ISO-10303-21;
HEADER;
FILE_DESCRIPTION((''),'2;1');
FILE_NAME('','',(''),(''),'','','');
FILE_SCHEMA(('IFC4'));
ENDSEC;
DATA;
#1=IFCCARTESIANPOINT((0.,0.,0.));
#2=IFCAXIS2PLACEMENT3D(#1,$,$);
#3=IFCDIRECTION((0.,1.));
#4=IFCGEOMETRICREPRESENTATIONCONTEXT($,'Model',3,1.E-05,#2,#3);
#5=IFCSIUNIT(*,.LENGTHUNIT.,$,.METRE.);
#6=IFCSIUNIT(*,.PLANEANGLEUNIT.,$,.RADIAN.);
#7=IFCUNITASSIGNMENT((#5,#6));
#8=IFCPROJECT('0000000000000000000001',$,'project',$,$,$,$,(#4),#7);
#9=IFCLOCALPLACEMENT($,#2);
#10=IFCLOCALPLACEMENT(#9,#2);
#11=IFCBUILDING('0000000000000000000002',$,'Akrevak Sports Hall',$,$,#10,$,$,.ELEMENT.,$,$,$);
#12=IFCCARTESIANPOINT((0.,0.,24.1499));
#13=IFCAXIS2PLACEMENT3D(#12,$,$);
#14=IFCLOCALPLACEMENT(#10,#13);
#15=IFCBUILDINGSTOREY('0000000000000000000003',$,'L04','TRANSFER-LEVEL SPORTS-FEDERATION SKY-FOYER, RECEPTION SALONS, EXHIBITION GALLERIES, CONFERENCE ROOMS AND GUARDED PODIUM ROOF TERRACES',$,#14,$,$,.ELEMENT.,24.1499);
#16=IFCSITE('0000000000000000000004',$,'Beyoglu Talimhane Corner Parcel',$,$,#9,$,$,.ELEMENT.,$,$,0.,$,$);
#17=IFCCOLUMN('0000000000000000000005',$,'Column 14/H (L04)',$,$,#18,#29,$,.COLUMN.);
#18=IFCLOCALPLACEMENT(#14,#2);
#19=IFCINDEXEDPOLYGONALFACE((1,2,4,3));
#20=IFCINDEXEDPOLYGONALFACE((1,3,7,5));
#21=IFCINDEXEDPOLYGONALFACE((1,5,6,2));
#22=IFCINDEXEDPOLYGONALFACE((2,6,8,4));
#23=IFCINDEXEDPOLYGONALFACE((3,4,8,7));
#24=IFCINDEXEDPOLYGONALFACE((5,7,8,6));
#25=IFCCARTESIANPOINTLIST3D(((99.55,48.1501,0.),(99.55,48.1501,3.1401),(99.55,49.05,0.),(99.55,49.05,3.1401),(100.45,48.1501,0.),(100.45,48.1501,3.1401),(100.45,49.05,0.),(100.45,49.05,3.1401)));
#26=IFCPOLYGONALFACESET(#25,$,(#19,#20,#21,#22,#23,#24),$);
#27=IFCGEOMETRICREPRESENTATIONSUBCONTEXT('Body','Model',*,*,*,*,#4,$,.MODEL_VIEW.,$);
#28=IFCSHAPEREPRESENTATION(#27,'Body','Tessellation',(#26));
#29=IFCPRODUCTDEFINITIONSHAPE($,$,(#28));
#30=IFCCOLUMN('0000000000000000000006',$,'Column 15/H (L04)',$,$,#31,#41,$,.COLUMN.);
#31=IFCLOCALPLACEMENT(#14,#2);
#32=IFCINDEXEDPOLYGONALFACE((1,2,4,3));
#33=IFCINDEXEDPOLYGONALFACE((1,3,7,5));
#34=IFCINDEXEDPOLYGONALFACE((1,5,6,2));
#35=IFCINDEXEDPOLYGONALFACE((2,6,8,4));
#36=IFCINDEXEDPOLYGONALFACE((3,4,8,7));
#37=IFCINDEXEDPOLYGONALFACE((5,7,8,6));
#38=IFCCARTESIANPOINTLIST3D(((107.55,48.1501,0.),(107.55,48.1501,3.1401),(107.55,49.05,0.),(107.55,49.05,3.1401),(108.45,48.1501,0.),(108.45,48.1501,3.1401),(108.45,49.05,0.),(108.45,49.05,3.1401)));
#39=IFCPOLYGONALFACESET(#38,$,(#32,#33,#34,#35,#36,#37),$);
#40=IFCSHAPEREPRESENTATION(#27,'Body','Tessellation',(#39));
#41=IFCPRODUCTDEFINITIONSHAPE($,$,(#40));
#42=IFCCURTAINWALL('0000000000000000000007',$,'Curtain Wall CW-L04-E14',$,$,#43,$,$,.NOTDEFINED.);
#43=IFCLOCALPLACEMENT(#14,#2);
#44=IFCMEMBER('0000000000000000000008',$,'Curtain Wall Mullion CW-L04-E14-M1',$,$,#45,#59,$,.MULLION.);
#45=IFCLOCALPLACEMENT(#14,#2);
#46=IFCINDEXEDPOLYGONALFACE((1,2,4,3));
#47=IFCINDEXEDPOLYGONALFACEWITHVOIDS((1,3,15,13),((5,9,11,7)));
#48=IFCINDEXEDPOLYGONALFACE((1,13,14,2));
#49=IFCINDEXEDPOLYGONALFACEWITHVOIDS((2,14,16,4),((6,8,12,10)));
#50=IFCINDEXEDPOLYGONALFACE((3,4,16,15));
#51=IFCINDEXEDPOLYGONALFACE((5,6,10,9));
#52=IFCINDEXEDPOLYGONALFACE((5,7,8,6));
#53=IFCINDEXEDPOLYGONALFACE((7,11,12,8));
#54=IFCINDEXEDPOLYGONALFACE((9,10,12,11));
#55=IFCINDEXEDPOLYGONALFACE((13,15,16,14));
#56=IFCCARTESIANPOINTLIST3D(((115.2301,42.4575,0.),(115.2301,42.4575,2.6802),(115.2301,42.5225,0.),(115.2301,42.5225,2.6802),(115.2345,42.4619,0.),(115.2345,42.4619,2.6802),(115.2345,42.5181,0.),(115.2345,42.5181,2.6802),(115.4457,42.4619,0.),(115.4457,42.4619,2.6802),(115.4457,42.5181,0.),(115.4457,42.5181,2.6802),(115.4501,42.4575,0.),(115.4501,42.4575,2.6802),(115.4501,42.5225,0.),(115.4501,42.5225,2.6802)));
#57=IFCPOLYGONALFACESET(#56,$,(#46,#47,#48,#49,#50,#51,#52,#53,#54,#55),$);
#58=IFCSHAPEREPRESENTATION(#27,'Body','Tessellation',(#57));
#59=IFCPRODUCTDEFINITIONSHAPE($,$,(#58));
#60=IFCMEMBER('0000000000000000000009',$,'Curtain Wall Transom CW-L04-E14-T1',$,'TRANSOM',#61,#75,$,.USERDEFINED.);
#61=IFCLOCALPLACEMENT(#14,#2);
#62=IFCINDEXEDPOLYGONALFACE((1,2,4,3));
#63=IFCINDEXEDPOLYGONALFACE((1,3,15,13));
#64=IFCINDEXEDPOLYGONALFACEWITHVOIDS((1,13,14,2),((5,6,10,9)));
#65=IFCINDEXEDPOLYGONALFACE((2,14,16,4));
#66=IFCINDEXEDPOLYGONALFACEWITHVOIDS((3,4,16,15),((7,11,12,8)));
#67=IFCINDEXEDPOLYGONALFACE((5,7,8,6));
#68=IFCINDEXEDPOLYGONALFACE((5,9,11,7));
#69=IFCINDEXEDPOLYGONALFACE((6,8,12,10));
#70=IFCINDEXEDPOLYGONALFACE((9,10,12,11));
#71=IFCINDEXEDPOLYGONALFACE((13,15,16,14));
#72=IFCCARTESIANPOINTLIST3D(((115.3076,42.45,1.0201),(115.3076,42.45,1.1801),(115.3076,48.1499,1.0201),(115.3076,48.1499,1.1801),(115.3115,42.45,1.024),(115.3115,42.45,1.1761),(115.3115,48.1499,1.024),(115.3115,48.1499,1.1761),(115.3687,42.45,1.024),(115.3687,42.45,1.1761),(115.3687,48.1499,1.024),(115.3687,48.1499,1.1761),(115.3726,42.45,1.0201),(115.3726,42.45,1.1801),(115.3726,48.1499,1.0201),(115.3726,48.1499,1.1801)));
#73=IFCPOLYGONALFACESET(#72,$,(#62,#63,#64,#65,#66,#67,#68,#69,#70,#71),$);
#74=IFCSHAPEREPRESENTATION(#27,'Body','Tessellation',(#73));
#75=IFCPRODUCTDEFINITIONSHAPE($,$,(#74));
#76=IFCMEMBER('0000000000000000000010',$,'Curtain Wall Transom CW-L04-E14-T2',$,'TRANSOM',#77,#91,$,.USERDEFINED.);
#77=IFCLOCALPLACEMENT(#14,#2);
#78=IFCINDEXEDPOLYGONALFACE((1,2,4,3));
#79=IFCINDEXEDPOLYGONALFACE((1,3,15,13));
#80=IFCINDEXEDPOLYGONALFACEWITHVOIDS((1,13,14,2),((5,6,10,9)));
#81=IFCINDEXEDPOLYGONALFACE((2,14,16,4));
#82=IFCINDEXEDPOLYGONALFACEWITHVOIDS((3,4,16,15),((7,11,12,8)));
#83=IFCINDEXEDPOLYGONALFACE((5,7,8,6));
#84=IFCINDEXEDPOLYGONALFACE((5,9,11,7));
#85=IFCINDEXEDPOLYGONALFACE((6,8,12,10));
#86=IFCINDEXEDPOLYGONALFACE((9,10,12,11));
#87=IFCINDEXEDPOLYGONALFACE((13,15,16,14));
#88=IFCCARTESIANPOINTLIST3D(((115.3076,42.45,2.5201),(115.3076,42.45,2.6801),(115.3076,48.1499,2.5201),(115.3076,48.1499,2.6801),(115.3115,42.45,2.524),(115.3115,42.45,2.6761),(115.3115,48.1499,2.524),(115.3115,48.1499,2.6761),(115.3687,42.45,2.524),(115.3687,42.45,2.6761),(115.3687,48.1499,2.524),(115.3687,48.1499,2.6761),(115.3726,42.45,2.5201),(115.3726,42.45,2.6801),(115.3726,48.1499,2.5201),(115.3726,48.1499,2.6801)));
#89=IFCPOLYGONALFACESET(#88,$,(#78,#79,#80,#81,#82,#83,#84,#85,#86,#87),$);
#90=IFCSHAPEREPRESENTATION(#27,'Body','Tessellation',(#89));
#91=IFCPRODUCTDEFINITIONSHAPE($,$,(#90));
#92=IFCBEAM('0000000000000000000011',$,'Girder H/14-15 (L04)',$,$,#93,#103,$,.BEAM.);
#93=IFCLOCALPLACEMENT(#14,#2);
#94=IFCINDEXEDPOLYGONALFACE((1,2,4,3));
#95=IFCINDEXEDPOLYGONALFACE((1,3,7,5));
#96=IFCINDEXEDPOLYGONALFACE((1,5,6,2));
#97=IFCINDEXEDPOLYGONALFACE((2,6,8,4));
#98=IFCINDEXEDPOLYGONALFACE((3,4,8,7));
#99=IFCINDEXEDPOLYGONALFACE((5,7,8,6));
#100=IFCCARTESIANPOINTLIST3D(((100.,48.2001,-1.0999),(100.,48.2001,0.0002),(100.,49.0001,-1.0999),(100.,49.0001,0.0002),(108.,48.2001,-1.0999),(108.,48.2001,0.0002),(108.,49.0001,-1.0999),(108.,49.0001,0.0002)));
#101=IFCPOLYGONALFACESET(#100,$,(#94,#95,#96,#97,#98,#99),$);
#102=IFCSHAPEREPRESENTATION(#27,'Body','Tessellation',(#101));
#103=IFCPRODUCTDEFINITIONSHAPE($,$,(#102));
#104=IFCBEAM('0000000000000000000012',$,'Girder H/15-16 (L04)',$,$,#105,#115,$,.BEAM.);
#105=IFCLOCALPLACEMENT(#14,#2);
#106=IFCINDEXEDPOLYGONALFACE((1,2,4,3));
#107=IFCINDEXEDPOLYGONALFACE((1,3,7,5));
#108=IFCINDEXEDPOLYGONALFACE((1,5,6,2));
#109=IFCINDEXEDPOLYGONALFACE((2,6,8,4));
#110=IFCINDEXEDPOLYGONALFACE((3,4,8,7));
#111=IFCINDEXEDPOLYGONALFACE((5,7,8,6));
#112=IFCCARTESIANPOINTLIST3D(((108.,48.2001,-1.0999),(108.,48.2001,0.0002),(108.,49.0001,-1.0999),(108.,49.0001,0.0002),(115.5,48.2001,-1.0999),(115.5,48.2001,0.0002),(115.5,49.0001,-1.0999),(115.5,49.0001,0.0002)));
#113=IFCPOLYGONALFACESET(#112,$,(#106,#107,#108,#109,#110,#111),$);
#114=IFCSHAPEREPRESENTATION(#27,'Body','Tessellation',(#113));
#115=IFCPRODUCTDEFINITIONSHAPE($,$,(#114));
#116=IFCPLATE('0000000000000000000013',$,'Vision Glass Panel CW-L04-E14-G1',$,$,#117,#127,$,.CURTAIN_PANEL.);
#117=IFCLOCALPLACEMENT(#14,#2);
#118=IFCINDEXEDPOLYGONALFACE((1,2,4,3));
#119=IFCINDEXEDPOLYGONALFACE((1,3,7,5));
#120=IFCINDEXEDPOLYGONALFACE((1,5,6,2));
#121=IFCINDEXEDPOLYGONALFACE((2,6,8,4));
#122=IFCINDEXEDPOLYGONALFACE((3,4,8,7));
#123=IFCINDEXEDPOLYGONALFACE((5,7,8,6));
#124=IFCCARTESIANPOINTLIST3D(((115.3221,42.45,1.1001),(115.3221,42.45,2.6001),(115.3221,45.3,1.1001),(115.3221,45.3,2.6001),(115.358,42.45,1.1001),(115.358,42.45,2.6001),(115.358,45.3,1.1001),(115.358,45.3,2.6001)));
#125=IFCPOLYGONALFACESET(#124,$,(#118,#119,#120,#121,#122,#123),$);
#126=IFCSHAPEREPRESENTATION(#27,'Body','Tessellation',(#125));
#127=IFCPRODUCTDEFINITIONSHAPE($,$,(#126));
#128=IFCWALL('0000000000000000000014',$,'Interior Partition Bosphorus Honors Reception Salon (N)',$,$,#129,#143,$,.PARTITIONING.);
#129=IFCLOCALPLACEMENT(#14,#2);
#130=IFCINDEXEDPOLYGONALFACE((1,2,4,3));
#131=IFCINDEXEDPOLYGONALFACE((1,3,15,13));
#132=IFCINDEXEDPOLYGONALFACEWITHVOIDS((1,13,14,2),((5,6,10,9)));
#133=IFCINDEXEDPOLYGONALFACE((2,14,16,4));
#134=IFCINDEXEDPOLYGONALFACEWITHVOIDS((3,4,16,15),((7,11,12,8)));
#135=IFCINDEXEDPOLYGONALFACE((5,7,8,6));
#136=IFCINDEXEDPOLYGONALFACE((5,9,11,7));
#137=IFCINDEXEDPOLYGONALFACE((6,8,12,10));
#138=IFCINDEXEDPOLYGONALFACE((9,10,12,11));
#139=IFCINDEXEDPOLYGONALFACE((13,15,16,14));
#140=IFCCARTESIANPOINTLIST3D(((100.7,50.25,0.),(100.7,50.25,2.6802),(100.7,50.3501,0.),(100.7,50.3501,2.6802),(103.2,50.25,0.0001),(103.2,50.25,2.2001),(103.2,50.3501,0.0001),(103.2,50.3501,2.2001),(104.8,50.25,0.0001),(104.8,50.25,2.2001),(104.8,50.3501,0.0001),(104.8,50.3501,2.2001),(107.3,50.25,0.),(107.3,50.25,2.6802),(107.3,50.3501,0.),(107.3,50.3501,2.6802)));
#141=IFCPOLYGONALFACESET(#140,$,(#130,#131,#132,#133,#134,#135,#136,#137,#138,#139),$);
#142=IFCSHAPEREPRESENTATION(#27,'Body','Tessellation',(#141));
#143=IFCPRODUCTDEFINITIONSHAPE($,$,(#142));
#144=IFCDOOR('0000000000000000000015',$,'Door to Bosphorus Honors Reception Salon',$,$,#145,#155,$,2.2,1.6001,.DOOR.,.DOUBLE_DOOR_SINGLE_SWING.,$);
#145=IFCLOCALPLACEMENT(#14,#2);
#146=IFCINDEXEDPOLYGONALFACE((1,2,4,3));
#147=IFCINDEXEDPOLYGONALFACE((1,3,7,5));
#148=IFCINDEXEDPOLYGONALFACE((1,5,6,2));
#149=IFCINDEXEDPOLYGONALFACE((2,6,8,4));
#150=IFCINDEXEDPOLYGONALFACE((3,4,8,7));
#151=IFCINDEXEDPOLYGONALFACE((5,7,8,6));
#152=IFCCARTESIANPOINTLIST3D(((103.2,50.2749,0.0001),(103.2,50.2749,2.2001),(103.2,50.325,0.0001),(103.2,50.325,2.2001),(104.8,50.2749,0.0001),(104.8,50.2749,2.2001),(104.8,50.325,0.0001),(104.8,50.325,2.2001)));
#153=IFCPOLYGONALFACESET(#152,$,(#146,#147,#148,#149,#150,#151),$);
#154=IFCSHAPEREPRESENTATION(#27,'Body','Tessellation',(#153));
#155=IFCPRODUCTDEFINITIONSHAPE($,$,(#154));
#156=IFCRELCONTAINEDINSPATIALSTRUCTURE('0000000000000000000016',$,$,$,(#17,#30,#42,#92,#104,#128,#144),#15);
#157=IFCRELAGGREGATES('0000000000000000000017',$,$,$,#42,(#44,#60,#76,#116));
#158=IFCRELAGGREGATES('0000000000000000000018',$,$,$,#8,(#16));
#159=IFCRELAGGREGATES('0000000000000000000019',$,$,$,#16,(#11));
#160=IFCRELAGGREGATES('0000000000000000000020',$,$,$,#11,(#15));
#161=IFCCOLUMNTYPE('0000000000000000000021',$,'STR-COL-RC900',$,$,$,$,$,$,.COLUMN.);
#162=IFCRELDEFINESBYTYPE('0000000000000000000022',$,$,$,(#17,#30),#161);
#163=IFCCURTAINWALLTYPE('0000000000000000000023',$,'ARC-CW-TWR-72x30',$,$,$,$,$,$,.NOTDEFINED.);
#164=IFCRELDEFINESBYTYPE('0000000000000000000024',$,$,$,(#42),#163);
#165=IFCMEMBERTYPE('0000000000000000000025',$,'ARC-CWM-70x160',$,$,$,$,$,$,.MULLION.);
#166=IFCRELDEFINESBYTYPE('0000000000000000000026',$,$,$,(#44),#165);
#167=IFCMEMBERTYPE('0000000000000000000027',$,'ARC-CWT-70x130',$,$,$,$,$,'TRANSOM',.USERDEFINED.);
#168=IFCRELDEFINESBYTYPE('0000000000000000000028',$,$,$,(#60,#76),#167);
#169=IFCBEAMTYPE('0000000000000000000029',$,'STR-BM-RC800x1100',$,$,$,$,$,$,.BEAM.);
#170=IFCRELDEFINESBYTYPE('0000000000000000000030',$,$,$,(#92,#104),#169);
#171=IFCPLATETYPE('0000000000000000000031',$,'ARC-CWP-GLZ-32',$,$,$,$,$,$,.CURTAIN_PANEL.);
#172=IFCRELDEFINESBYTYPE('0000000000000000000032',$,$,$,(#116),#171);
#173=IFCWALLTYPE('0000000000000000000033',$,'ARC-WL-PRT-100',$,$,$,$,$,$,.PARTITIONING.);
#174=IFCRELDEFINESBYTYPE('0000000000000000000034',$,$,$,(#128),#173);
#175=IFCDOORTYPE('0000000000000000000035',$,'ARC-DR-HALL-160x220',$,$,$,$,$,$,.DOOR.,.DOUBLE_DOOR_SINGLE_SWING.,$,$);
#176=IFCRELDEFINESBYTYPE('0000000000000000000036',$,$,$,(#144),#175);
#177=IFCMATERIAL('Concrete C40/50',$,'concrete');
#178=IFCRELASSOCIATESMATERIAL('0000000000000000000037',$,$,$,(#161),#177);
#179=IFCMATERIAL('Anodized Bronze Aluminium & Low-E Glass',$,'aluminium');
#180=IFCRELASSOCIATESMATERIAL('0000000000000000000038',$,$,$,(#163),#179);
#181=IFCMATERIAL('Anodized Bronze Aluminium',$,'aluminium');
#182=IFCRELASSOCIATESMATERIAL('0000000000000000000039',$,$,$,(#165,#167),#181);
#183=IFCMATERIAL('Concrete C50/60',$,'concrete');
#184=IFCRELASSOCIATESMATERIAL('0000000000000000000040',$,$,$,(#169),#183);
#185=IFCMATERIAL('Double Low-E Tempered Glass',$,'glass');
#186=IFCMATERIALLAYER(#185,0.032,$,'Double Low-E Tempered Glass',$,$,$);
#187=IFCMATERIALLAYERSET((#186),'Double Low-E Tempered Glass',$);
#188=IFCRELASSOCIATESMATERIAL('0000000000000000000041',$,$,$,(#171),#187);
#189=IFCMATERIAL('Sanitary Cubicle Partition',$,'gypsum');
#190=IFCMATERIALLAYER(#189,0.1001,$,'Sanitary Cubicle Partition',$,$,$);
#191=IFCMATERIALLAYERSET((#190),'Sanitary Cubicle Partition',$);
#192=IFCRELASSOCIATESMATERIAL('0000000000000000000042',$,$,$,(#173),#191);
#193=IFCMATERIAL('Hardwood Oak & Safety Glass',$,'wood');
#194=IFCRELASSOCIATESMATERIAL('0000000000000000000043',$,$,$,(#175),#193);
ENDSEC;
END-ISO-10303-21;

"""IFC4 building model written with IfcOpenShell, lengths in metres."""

from ifc_helpers import new_model, si_unit, direction, frame, frame_2d, origin, origin_2d, place, context, subcontext, project, spatial, rectangle, hollow_rectangle, extrude, material, layer, layer_set, material_profile, profile_set, type_object, element, fill, aggregate, save


model = new_model("IFC4")

# Units and contexts
model_context = context("Model", 3, precision=1e-05, world=origin(), true_north=direction((0.0, 1.0)))
body_context = subcontext(model_context, "Body", "Model", "MODEL_VIEW")
ifc_project = project(units=[si_unit("LENGTHUNIT", "METRE"), si_unit("PLANEANGLEUNIT", "RADIAN")], contexts=[model_context])

# Site, building, storey
site_placement = place(None, origin())
site = spatial("IfcSite", under=ifc_project, at=site_placement, Name="Beyoglu Talimhane Corner Parcel", CompositionType="ELEMENT", RefElevation=0.0)
building_placement = place(site_placement, origin())
building = spatial("IfcBuilding", under=site, at=building_placement, Name="Akrevak Sports Hall", CompositionType="ELEMENT")
storey_placement = place(building_placement, frame((0.0, 0.0, 24.1499)))
storey = spatial("IfcBuildingStorey", under=building, at=storey_placement, Name="L04", Description="TRANSFER-LEVEL SPORTS-FEDERATION SKY-FOYER, RECEPTION SALONS, EXHIBITION GALLERIES, CONFERENCE ROOMS AND GUARDED PODIUM ROOF TERRACES", CompositionType="ELEMENT", Elevation=24.1499)

# Columns
ifc_material_1 = material(Name="Concrete C40/50", Category="concrete")
ifc_material_profile_1 = material_profile(ifc_material_1, rectangle(XDim=0.8999, YDim=0.8999, at=origin_2d()), Name="RC 900x900", Category="concrete")
ifc_profile_set_1 = profile_set([ifc_material_profile_1], Name="Concrete C40/50")
column_type = type_object("IfcColumnType", Name="STR-COL-RC900", PredefinedType="COLUMN", material=ifc_profile_set_1)
for number, where, z_axis, x_axis, name in (
    (1, (100.0, 48.6001, 0.0), (0.0, 0.0, 1.0), (1.0, 0.0, 0.0), "Column 14/H (L04)"),
    (2, (108.0, 48.6001, 0.0), (0.0, 0.0, 1.0), (1.0, 0.0, 0.0), "Column 15/H (L04)"),
):
    element("IfcColumn", number, at=place(storey_placement, frame(where, z_axis=z_axis, x_axis=x_axis)), inside=storey, type_object=column_type, Name=name, PredefinedType="COLUMN", context=body_context, shape_type="SweptSolid", body=[
        extrude(rectangle(XDim=0.8999, YDim=0.8999, at=origin_2d()), origin(), (0.0, 0.0, 1.0), 3.1401),
    ])

# Curtain wall, members
ifc_material_2 = material(Name="Anodized Bronze Aluminium & Low-E Glass", Category="aluminium")
curtain_wall_type = type_object("IfcCurtainWallType", Name="ARC-CW-TWR-72x30", PredefinedType="NOTDEFINED", material=ifc_material_2)
curtain_wall_placement = place(storey_placement, origin())
curtain_wall = element("IfcCurtainWall", 3, at=curtain_wall_placement, inside=storey, type_object=curtain_wall_type, Name="Curtain Wall CW-L04-E14", PredefinedType="NOTDEFINED")
ifc_material_3 = material(Name="Anodized Bronze Aluminium", Category="aluminium")
ifc_material_profile_2 = material_profile(ifc_material_3, hollow_rectangle(XDim=0.0649, YDim=0.22, WallThickness=0.0044, at=origin_2d()), Name="CWM 65x220", Category="aluminium")
ifc_profile_set_2 = profile_set([ifc_material_profile_2], Name="Anodized Bronze Aluminium")
member_type_1 = type_object("IfcMemberType", Name="ARC-CWM-70x160", PredefinedType="MULLION", material=ifc_profile_set_2)
member_1_placement = place(storey_placement, frame((115.3401, 42.49, 0.0), z_axis=(0.0, 0.0, 1.0), x_axis=(0.0, 1.0, 0.0)))
member_1 = element("IfcMember", 4, at=member_1_placement, type_object=member_type_1, Name="Curtain Wall Mullion CW-L04-E14-M1", PredefinedType="MULLION", context=body_context, shape_type="SweptSolid", body=[
    extrude(hollow_rectangle(XDim=0.0649, YDim=0.22, WallThickness=0.0044, at=origin_2d()), origin(), (0.0, 0.0, 1.0), 2.6802),
])
ifc_material_profile_3 = material_profile(ifc_material_3, hollow_rectangle(XDim=0.0649, YDim=0.1599, WallThickness=0.0039, at=origin_2d()), Name="CWT 65x160", Category="aluminium")
ifc_profile_set_3 = profile_set([ifc_material_profile_3], Name="Anodized Bronze Aluminium")
member_type_2 = type_object("IfcMemberType", Name="ARC-CWT-70x130", ElementType="TRANSOM", PredefinedType="USERDEFINED", material=ifc_profile_set_3)
member_2_placement = place(storey_placement, frame((115.3401, 42.45, 1.1001), z_axis=(0.0, 1.0, 0.0), x_axis=(-1.0, 0.0, 0.0)))
member_2 = element("IfcMember", 5, at=member_2_placement, type_object=member_type_2, Name="Curtain Wall Transom CW-L04-E14-T1", ObjectType="TRANSOM", PredefinedType="USERDEFINED", context=body_context, shape_type="SweptSolid", body=[
    extrude(hollow_rectangle(XDim=0.0649, YDim=0.1599, WallThickness=0.0039, at=origin_2d()), origin(), (0.0, 0.0, 1.0), 5.7),
])
member_3_placement = place(storey_placement, frame((115.3401, 42.45, 2.6001), z_axis=(0.0, 1.0, 0.0), x_axis=(-1.0, 0.0, 0.0)))
member_3 = element("IfcMember", 6, at=member_3_placement, type_object=member_type_2, Name="Curtain Wall Transom CW-L04-E14-T2", ObjectType="TRANSOM", PredefinedType="USERDEFINED", context=body_context, shape_type="SweptSolid", body=[
    extrude(hollow_rectangle(XDim=0.0649, YDim=0.1599, WallThickness=0.0039, at=origin_2d()), origin(), (0.0, 0.0, 1.0), 5.7),
])

# Beams
ifc_material_4 = material(Name="Concrete C50/60", Category="concrete")
ifc_material_profile_4 = material_profile(ifc_material_4, rectangle(XDim=0.8, YDim=1.1001, at=origin_2d()), Name="BM 800x1100", Category="concrete")
ifc_profile_set_4 = profile_set([ifc_material_profile_4], Name="Concrete C50/60")
beam_type = type_object("IfcBeamType", Name="STR-BM-RC800x1100", PredefinedType="BEAM", material=ifc_profile_set_4)
beam_1_placement = place(storey_placement, frame((100.0, 48.6001, -0.5498), z_axis=(1.0, 0.0, 0.0), x_axis=(0.0, 1.0, 0.0)))
element("IfcBeam", 7, at=beam_1_placement, inside=storey, type_object=beam_type, Name="Girder H/14-15 (L04)", PredefinedType="BEAM", context=body_context, shape_type="SweptSolid", body=[
    extrude(rectangle(XDim=0.8, YDim=1.1001, at=origin_2d()), origin(), (0.0, 0.0, 1.0), 8.0),
])
beam_2_placement = place(storey_placement, frame((108.0, 48.6001, -0.5498), z_axis=(1.0, 0.0, 0.0), x_axis=(0.0, 1.0, 0.0)))
element("IfcBeam", 8, at=beam_2_placement, inside=storey, type_object=beam_type, Name="Girder H/15-16 (L04)", PredefinedType="BEAM", context=body_context, shape_type="SweptSolid", body=[
    extrude(rectangle(XDim=0.8, YDim=1.1001, at=origin_2d()), origin(), (0.0, 0.0, 1.0), 7.5),
])

# Plate
ifc_material_5 = material(Name="Double Low-E Tempered Glass", Category="glass")
ifc_layer_1 = layer(ifc_material_5, 0.032, Name="Double Low-E Tempered Glass")
ifc_layer_set_1 = layer_set([ifc_layer_1], Name="Double Low-E Tempered Glass")
plate_type = type_object("IfcPlateType", Name="ARC-CWP-GLZ-32", PredefinedType="CURTAIN_PANEL", material=ifc_layer_set_1)
plate_placement = place(storey_placement, frame((115.3401, 43.875, 1.1001), z_axis=(0.0, 0.0, 1.0), x_axis=(0.0, 1.0, 0.0)))
plate = element("IfcPlate", 9, at=plate_placement, type_object=plate_type, Name="Vision Glass Panel CW-L04-E14-G1", PredefinedType="CURTAIN_PANEL", context=body_context, shape_type="SweptSolid", body=[
    extrude(rectangle(XDim=2.8501, YDim=0.0359, at=origin_2d()), origin(), (0.0, 0.0, 1.0), 1.5),
])
aggregate(curtain_wall, [member_1, member_2, member_3, plate])

# Wall, opening, door
ifc_material_6 = material(Name="Sanitary Cubicle Partition", Category="gypsum")
ifc_layer_2 = layer(ifc_material_6, 0.1001, Name="Sanitary Cubicle Partition")
ifc_layer_set_2 = layer_set([ifc_layer_2], Name="Sanitary Cubicle Partition")
wall_type_1 = type_object("IfcWallType", Name="ARC-WL-PRT-100", PredefinedType="PARTITIONING", material=ifc_layer_set_2)
wall_1_placement = place(storey_placement, frame((100.7, 50.3, 0.0), z_axis=(0.0, 0.0, 1.0), x_axis=(1.0, 0.0, 0.0)))
wall_1 = element("IfcWall", 10, at=wall_1_placement, inside=storey, type_object=wall_type_1, Name="Interior Partition Bosphorus Honors Reception Salon (N)", PredefinedType="PARTITIONING", context=body_context, shape_type="SweptSolid", body=[
    extrude(rectangle(XDim=6.6001, YDim=0.1001, at=frame_2d((3.3, 0.0))), origin(), (0.0, 0.0, 1.0), 2.6802),
])
opening_1_placement = place(wall_1_placement, frame((2.5, 0.0, 0.0)))
opening_1 = element("IfcOpeningElement", 11, at=opening_1_placement, cuts=wall_1, PredefinedType="OPENING", context=body_context, shape_type="SweptSolid", body=[
    extrude(rectangle(XDim=1.6001, YDim=2.2, at=frame_2d((0.8, 1.1001))), frame((0.0, 0.062, 0.0), z_axis=(0.0, -1.0, 0.0), x_axis=(1.0, 0.0, 0.0)), (0.0, 0.0, 1.0), 0.124),
])
ifc_material_7 = material(Name="Hardwood Oak & Safety Glass", Category="wood")
door_type_1 = type_object("IfcDoorType", Name="ARC-DR-HALL-160x220", OperationType="DOUBLE_DOOR_SINGLE_SWING", PredefinedType="DOOR", material=ifc_material_7)
door_1_placement = place(opening_1_placement, origin())
door_1 = element("IfcDoor", 12, at=door_1_placement, inside=storey, type_object=door_type_1, Name="Door to Bosphorus Honors Reception Salon", OperationType="DOUBLE_DOOR_SINGLE_SWING", OverallHeight=2.2, OverallWidth=1.6001, PredefinedType="DOOR", context=body_context, shape_type="SweptSolid", body=[
    extrude(rectangle(XDim=1.6001, YDim=2.2, at=frame_2d((0.8, 1.1001))), frame((0.0, 0.0249, 0.0), z_axis=(0.0, -1.0, 0.0), x_axis=(1.0, 0.0, 0.0)), (0.0, 0.0, 1.0), 0.05),
])
fill(opening_1, door_1)

save(model, "model.ifc")
